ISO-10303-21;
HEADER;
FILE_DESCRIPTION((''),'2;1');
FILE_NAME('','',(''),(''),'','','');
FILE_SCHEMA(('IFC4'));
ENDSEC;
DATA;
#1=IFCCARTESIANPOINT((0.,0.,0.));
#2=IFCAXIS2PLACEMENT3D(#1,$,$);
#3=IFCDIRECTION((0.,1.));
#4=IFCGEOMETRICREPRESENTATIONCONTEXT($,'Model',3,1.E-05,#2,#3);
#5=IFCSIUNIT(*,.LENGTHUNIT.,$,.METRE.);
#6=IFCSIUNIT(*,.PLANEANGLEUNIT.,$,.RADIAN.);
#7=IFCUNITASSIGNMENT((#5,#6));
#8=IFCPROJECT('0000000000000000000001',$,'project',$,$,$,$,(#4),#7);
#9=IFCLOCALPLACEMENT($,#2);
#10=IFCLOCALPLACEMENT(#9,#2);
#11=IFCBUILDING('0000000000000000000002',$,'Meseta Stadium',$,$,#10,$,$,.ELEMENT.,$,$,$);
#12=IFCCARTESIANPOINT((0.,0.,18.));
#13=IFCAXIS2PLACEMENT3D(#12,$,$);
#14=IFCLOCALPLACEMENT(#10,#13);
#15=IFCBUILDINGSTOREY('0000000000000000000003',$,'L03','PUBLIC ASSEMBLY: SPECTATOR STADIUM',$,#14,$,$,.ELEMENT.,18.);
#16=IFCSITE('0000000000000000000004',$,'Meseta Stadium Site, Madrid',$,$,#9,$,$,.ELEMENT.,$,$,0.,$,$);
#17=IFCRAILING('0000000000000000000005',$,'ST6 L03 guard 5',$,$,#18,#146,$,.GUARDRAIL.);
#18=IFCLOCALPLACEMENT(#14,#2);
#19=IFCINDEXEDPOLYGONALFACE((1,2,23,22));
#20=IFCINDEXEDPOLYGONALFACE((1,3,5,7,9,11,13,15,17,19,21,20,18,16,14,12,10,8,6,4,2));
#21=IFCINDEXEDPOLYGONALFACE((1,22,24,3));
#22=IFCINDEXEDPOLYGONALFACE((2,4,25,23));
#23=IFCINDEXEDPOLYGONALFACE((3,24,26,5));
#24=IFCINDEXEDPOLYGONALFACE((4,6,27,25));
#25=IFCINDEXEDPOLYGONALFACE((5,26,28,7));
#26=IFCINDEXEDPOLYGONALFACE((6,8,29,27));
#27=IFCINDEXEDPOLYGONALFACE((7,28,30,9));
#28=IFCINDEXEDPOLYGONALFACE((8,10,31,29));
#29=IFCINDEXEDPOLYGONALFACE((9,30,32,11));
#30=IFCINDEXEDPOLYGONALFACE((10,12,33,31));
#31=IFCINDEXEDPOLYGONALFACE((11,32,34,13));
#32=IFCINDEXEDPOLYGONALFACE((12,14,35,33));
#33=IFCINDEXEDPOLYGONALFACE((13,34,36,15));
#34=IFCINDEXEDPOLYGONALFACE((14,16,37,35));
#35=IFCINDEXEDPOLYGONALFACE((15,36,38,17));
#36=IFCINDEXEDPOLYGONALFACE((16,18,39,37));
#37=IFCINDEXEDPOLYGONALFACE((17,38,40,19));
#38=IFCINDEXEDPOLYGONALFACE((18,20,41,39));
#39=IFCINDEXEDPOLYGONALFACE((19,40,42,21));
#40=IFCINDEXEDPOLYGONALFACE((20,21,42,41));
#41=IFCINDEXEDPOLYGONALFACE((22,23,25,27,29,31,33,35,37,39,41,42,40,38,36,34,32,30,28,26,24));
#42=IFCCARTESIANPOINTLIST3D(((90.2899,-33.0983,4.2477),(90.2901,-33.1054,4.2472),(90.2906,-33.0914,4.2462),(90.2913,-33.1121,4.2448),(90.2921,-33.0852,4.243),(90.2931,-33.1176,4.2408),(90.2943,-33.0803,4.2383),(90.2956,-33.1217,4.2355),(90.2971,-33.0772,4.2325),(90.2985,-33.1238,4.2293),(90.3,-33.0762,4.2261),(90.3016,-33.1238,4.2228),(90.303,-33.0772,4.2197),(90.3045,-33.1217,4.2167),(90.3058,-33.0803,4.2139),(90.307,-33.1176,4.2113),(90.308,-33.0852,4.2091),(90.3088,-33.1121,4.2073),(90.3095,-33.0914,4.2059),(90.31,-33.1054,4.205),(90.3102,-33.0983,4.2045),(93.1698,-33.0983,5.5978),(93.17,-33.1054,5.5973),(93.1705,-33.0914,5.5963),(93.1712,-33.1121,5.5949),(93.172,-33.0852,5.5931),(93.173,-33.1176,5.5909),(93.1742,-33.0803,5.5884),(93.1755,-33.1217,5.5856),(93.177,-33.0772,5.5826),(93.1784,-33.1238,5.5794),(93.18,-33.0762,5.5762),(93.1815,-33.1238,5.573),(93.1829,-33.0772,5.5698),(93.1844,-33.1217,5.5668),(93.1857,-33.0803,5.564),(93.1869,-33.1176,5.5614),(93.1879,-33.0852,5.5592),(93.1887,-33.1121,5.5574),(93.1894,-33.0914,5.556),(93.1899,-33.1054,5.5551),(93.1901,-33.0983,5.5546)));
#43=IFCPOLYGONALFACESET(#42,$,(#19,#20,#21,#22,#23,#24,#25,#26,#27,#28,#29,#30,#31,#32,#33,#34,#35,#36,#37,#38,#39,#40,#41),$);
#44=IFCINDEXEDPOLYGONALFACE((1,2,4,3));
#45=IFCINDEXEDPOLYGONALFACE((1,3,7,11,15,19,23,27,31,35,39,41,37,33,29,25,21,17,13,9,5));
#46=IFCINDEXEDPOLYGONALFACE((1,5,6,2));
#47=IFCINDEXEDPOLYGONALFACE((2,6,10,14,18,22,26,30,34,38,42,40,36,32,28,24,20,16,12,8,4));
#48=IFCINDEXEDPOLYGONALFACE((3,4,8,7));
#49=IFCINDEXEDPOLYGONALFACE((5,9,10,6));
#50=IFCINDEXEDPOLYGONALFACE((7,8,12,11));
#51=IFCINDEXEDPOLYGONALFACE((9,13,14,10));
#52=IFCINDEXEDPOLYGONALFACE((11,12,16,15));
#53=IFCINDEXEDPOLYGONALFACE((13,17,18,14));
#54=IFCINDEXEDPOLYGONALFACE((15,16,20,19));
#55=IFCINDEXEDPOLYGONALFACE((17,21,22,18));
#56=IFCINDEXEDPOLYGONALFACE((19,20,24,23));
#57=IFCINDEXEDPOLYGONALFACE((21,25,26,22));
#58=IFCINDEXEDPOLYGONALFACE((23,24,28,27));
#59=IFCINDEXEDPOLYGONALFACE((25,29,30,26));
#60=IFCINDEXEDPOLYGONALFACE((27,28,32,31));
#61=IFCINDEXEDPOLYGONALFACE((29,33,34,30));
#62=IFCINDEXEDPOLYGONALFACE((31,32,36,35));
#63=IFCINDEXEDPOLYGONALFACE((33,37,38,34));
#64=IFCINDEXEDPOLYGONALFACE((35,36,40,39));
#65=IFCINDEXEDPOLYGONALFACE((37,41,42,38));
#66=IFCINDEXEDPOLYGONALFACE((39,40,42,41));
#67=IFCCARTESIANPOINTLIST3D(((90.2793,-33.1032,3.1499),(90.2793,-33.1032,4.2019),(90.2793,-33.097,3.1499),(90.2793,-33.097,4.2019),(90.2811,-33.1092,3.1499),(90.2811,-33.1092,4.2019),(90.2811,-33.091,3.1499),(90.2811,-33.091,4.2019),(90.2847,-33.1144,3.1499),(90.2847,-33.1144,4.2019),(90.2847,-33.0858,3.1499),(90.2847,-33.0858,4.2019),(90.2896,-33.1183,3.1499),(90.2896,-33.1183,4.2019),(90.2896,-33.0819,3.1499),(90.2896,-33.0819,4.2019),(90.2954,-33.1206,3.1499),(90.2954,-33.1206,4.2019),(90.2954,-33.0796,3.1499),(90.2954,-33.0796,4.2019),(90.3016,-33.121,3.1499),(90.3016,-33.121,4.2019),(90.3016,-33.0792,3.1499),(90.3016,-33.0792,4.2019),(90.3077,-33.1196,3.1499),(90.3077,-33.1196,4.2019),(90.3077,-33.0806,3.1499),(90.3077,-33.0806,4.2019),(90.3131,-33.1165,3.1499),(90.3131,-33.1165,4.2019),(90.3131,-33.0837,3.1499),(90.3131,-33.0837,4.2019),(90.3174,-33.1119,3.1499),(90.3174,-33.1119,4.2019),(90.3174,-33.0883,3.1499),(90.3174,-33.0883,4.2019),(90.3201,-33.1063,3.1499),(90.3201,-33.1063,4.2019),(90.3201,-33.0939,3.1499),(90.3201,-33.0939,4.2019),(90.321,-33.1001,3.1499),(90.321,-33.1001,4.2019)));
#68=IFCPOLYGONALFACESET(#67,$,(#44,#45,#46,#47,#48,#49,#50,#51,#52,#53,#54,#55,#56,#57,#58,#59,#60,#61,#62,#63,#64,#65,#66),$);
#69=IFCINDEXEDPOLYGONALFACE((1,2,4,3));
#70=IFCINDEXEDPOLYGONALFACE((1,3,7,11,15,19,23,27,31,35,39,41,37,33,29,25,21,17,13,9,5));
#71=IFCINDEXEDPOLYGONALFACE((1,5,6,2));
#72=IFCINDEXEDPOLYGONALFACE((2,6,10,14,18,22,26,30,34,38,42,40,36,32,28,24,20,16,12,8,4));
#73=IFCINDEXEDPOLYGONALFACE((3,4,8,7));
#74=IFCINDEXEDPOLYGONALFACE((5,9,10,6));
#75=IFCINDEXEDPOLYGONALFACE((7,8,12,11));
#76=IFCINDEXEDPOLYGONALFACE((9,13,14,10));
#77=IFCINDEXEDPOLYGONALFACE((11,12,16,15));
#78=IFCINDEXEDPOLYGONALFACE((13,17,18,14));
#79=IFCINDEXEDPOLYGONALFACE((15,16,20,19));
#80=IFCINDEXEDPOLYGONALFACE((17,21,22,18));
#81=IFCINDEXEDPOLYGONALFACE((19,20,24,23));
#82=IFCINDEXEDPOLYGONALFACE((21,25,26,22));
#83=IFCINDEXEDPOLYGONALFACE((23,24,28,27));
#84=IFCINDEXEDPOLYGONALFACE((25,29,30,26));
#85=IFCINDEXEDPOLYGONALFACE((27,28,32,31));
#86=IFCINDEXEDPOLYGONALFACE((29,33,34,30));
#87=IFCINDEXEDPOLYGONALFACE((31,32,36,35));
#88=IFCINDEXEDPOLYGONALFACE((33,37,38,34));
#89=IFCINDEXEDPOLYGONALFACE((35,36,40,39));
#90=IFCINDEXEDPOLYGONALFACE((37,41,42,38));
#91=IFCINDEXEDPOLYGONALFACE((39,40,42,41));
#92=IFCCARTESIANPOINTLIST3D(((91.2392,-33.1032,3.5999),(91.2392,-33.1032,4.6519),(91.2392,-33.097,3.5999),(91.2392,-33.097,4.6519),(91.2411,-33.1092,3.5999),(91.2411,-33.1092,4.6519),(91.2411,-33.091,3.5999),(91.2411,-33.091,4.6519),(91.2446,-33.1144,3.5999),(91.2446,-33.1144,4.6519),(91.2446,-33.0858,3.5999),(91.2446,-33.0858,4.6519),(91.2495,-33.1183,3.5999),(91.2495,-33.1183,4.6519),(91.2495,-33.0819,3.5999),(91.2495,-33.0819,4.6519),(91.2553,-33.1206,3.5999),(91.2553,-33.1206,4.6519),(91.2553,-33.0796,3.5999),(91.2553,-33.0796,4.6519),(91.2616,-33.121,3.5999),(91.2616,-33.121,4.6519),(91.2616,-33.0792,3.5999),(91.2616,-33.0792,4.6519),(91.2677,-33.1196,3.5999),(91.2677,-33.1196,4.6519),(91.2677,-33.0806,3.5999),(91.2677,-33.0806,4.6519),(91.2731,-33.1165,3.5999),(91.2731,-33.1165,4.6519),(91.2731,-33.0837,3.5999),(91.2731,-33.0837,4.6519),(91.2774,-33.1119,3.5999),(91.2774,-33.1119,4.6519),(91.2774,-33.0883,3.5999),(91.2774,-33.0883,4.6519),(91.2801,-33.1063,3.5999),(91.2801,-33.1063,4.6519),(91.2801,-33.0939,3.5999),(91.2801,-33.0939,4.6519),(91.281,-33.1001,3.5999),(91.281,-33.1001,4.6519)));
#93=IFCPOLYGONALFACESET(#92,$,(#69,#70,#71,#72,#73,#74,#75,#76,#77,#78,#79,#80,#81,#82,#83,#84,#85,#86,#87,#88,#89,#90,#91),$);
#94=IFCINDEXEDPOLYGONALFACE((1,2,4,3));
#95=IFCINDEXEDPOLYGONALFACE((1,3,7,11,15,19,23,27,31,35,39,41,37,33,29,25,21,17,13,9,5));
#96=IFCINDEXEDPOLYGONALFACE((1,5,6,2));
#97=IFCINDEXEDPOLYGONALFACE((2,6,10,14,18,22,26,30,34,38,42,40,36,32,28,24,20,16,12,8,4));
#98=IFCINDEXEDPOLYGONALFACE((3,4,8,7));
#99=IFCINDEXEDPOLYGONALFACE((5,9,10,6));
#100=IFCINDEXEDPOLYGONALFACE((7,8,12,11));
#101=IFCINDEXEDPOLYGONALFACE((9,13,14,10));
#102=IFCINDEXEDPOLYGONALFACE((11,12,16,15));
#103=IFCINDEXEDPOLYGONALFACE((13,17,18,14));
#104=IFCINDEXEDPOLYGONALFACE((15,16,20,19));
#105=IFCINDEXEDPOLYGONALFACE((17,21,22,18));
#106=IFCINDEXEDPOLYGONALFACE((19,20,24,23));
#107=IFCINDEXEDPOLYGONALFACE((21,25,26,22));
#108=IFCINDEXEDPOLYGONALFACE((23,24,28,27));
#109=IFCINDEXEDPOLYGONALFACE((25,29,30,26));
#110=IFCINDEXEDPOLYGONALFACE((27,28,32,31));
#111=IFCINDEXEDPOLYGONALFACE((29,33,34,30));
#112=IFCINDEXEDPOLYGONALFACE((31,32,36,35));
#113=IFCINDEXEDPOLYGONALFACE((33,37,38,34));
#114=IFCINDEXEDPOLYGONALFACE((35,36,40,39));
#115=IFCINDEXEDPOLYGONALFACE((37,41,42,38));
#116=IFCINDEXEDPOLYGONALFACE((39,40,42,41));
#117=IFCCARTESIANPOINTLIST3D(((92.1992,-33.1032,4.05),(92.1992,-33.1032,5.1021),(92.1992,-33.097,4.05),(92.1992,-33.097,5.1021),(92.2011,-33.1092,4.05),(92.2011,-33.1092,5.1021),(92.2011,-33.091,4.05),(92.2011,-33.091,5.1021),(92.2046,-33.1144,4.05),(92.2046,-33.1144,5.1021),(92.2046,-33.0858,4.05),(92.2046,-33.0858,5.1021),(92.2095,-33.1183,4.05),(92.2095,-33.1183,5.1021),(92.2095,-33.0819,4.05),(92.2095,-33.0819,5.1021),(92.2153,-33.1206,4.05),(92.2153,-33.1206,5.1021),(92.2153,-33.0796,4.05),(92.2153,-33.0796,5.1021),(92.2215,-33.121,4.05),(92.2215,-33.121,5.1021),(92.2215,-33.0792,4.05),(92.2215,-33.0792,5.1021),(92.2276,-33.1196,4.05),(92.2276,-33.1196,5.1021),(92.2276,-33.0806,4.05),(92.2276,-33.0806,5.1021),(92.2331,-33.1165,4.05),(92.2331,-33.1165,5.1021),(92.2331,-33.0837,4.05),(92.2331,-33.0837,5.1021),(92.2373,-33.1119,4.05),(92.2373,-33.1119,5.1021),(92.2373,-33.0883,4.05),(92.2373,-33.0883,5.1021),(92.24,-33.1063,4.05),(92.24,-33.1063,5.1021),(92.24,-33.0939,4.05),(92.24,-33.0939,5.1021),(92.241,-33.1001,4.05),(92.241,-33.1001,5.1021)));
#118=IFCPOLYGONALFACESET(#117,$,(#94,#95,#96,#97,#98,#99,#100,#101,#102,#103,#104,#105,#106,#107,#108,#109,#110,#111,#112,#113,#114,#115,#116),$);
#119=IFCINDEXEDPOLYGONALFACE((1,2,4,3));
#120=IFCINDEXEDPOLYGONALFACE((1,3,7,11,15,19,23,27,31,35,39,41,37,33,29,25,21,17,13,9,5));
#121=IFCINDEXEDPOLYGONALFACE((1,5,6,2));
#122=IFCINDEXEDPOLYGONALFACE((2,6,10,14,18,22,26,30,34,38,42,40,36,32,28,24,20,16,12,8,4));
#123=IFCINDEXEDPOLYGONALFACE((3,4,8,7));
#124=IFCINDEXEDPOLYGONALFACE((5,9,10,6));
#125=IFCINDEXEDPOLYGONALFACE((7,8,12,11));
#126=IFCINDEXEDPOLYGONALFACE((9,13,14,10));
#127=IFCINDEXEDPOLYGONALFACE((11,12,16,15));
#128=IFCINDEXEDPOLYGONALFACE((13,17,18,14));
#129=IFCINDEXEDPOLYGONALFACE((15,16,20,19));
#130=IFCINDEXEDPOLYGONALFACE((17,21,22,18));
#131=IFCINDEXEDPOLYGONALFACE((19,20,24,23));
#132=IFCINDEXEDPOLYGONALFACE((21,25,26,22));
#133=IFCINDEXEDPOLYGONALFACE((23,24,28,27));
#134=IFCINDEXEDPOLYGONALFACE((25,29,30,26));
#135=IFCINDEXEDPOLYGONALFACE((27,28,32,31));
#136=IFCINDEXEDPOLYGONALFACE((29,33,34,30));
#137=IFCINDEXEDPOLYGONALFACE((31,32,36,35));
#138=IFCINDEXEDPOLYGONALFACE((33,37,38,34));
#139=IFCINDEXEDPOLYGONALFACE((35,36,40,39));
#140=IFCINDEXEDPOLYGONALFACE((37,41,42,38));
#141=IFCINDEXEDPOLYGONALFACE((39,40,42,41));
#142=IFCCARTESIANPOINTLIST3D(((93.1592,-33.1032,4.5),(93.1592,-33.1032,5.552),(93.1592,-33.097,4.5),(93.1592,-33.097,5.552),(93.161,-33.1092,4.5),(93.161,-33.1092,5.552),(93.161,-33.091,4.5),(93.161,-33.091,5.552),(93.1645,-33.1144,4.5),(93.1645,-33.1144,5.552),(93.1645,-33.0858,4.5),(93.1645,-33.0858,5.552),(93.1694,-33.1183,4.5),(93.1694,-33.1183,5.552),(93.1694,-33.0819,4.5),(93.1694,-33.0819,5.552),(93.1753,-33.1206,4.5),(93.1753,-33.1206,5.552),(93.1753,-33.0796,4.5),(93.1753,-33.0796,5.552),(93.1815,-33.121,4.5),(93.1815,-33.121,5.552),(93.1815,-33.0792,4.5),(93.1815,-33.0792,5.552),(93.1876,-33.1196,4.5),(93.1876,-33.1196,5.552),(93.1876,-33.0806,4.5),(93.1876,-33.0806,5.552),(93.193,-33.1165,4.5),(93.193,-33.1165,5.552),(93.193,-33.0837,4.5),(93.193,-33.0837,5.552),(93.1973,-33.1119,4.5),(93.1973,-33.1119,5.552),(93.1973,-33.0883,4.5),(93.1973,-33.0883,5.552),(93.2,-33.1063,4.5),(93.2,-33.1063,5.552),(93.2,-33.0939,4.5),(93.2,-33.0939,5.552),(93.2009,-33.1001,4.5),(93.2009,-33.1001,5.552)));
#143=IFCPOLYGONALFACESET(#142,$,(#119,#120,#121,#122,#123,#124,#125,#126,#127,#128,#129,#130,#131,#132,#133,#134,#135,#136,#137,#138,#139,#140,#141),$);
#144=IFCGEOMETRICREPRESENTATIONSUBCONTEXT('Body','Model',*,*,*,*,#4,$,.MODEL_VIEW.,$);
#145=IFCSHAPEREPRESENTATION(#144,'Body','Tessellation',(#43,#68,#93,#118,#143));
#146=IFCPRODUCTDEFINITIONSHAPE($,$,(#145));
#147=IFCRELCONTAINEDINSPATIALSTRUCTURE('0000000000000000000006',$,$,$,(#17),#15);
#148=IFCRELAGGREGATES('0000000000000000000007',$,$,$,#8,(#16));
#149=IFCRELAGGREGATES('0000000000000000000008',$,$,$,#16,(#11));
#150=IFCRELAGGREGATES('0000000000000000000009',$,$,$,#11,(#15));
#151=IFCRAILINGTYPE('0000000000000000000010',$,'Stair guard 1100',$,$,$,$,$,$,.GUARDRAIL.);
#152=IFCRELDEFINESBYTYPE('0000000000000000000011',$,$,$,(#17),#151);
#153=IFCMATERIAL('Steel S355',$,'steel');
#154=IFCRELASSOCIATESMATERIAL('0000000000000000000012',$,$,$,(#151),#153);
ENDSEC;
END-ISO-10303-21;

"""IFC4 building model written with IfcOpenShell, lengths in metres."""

from ifc_helpers import new_model, si_unit, direction, frame, origin, origin_2d, place, context, subcontext, project, spatial, circle, extrude, material, type_object, element, save


model = new_model("IFC4")

# Units and contexts
model_context = context("Model", 3, precision=1e-05, world=origin(), true_north=direction((0.0, 1.0)))
body_context = subcontext(model_context, "Body", "Model", "MODEL_VIEW")
ifc_project = project(units=[si_unit("LENGTHUNIT", "METRE"), si_unit("PLANEANGLEUNIT", "RADIAN")], contexts=[model_context])

# Site, building, storey
site_placement = place(None, origin())
site = spatial("IfcSite", under=ifc_project, at=site_placement, Name="Meseta Stadium Site, Madrid", CompositionType="ELEMENT", RefElevation=0.0)
building_placement = place(site_placement, origin())
building = spatial("IfcBuilding", under=site, at=building_placement, Name="Meseta Stadium", CompositionType="ELEMENT")
storey_placement = place(building_placement, frame((0.0, 0.0, 18.0)))
storey = spatial("IfcBuildingStorey", under=building, at=storey_placement, Name="L03", Description="PUBLIC ASSEMBLY: SPECTATOR STADIUM", CompositionType="ELEMENT", Elevation=18.0)

# Railing
ifc_material_1 = material(Name="Steel S355", Category="steel")
railing_type_1 = type_object("IfcRailingType", Name="Stair guard 1100", PredefinedType="GUARDRAIL", material=ifc_material_1)
railing_1_placement = place(storey_placement, frame((90.3, -33.1001, 3.1499)))
element("IfcRailing", 1, at=railing_1_placement, inside=storey, type_object=railing_type_1, Name="ST6 L03 guard 5", PredefinedType="GUARDRAIL", context=body_context, shape_type="SweptSolid", body=[
    extrude(circle(Radius=0.0239, at=origin_2d()), frame((0.0, 0.0, 1.0762), z_axis=(0.90544, 0.0, 0.424473), x_axis=(0.0, 1.0, 0.0)), (0.0, 0.0, 1.0), 3.1807),
    extrude(circle(Radius=0.021, at=origin_2d()), origin(), (0.0, 0.0, 1.0), 1.052),
    extrude(circle(Radius=0.021, at=origin_2d()), frame((0.96, 0.0, 0.45)), (0.0, 0.0, 1.0), 1.052),
    extrude(circle(Radius=0.021, at=origin_2d()), frame((1.9199, 0.0, 0.9001)), (0.0, 0.0, 1.0), 1.052),
    extrude(circle(Radius=0.021, at=origin_2d()), frame((2.8799, 0.0, 1.3501)), (0.0, 0.0, 1.0), 1.052),
])

save(model, "model.ifc")
